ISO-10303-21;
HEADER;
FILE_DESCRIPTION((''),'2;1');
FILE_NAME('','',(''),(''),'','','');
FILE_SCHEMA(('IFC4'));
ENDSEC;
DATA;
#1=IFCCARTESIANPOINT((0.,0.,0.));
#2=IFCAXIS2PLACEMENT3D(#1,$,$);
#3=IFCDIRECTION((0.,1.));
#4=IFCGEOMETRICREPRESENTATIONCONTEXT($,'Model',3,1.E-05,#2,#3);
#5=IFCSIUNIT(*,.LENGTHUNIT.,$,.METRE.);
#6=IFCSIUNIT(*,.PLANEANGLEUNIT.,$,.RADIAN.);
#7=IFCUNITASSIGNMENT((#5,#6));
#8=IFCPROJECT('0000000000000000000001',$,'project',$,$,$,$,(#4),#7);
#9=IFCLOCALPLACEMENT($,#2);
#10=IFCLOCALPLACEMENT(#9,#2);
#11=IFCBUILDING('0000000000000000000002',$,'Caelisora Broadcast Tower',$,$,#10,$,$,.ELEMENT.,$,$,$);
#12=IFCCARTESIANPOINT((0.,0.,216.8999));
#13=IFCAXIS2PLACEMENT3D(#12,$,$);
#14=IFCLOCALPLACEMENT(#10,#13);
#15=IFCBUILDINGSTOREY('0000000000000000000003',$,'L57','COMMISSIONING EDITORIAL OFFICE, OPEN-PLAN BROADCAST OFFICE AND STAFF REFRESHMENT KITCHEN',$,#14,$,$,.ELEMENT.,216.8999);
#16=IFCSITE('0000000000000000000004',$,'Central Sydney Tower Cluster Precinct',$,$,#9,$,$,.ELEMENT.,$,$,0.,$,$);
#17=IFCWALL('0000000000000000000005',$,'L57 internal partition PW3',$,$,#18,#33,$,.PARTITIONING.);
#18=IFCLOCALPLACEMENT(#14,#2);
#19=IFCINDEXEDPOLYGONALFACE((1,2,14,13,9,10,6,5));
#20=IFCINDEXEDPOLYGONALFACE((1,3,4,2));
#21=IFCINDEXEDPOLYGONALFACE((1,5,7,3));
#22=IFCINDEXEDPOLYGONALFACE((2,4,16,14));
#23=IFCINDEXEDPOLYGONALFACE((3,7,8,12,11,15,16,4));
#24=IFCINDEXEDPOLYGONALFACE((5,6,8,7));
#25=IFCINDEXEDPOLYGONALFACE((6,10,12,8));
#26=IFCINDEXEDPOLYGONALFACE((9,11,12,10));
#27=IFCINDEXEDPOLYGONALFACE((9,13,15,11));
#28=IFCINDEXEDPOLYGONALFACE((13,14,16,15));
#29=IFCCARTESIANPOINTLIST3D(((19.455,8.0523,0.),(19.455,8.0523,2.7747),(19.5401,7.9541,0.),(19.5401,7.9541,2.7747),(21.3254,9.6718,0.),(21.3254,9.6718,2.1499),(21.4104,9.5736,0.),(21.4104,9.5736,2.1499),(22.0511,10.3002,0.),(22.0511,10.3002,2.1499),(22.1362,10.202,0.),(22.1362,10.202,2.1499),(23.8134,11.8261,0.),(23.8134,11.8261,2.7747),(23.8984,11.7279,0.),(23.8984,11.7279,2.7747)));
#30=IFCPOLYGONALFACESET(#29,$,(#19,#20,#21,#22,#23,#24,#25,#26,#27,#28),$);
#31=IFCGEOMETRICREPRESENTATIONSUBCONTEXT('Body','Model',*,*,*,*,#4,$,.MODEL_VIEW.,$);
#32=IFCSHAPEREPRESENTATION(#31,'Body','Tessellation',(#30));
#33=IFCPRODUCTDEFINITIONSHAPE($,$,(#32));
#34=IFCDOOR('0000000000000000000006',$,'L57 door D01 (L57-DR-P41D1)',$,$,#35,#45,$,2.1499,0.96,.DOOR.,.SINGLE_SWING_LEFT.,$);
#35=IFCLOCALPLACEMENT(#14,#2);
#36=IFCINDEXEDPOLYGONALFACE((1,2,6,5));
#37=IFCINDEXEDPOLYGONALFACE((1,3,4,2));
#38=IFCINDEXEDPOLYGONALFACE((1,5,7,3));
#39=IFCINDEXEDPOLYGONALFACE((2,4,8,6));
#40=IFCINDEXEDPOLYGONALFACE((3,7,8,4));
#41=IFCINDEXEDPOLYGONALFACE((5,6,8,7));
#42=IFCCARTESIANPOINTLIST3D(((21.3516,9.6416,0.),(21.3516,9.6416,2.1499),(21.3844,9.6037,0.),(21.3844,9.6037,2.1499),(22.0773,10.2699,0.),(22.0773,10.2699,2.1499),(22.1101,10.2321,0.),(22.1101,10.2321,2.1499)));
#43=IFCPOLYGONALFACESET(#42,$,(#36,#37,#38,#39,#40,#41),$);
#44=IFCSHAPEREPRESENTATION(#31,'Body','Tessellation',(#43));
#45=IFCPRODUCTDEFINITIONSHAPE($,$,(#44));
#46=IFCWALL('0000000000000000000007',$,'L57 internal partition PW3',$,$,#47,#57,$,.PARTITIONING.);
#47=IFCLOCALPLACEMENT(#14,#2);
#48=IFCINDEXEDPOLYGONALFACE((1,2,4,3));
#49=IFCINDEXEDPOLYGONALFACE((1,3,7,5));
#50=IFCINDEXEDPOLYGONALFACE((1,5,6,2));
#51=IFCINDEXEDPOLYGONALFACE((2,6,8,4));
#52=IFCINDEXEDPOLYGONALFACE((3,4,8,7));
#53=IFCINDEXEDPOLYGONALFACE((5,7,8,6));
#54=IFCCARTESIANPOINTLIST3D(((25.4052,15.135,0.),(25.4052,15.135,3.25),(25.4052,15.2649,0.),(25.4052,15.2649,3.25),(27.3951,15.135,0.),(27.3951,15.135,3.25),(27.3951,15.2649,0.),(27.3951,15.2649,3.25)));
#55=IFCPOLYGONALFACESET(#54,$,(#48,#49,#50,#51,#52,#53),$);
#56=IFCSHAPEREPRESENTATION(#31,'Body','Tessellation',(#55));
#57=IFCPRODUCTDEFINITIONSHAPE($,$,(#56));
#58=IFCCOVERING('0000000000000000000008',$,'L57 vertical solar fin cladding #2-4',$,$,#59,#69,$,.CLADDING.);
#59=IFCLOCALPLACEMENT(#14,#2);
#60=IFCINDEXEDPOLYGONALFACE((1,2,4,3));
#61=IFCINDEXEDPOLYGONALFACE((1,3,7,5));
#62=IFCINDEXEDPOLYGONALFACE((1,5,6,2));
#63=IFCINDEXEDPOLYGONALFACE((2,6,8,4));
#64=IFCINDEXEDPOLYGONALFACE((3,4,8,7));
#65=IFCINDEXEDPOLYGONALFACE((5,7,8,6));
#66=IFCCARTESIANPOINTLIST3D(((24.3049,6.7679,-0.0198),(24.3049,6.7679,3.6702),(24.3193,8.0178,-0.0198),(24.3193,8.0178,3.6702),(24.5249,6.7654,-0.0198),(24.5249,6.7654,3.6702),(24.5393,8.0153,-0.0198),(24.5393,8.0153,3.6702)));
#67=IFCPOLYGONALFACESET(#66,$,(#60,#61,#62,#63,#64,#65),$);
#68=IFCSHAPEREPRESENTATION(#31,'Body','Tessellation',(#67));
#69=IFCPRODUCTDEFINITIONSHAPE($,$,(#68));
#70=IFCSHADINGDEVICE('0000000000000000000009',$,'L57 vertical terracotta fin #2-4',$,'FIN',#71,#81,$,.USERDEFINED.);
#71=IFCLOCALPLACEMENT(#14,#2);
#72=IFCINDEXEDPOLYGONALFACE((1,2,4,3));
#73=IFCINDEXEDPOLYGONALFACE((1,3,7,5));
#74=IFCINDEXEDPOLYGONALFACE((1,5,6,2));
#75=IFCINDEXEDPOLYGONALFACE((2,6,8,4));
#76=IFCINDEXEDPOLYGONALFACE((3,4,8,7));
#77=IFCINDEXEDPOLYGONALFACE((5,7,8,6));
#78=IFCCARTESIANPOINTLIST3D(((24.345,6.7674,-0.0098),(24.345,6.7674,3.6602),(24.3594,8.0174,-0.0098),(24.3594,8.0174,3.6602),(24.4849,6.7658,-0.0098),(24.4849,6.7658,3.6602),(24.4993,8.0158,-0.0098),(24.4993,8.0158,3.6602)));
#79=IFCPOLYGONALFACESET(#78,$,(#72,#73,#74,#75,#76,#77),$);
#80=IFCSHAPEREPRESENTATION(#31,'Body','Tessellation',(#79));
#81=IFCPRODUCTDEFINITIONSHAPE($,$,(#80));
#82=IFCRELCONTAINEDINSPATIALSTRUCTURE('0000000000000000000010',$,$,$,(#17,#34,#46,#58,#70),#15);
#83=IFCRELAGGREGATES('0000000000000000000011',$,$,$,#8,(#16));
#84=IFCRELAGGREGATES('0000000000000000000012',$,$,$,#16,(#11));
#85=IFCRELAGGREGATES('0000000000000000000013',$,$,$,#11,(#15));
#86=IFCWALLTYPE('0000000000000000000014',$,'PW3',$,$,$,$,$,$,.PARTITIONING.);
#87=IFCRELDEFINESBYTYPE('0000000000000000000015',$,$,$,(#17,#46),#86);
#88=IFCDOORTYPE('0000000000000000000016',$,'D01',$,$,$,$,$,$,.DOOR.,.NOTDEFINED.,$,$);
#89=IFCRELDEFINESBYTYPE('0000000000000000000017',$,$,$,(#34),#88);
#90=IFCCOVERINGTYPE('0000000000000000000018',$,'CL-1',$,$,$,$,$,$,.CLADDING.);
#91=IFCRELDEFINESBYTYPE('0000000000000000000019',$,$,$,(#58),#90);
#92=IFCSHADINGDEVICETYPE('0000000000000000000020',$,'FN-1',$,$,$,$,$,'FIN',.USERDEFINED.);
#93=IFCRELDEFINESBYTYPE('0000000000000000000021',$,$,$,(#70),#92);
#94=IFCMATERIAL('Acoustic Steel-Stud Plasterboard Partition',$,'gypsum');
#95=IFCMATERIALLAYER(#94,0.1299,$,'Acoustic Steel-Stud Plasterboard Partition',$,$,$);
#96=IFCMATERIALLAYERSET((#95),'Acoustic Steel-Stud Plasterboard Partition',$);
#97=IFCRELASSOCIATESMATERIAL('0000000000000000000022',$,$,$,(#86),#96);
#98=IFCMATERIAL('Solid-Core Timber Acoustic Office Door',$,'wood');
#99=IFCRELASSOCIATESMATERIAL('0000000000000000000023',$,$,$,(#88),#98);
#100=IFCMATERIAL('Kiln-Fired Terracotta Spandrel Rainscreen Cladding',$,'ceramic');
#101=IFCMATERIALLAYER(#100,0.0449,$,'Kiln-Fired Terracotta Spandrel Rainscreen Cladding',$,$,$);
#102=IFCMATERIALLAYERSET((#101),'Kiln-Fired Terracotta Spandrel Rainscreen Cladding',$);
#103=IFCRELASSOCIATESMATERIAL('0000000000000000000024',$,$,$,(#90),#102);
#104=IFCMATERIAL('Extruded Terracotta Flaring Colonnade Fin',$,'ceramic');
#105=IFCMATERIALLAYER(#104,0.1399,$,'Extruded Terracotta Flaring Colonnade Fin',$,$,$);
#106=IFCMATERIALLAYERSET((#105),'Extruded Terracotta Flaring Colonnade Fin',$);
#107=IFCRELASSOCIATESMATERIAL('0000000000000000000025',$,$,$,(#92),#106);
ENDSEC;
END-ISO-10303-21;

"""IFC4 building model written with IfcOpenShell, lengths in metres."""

from ifc_helpers import new_model, si_unit, direction, frame, frame_2d, origin, origin_2d, place, context, subcontext, project, spatial, rectangle, extrude, source, transform, mapped, material, layer, layer_set, type_object, type_shapes, element, fill, save


model = new_model("IFC4")

# Units and contexts
model_context = context("Model", 3, precision=1e-05, world=origin(), true_north=direction((0.0, 1.0)))
body_context = subcontext(model_context, "Body", "Model", "MODEL_VIEW")
ifc_project = project(units=[si_unit("LENGTHUNIT", "METRE"), si_unit("PLANEANGLEUNIT", "RADIAN")], contexts=[model_context])

# Site, building, storey
site_placement = place(None, origin())
site = spatial("IfcSite", under=ifc_project, at=site_placement, Name="Central Sydney Tower Cluster Precinct", CompositionType="ELEMENT", RefElevation=0.0)
building_placement = place(site_placement, origin())
building = spatial("IfcBuilding", under=site, at=building_placement, Name="Caelisora Broadcast Tower", CompositionType="ELEMENT")
storey_placement = place(building_placement, frame((0.0, 0.0, 216.8999)))
storey = spatial("IfcBuildingStorey", under=building, at=storey_placement, Name="L57", Description="COMMISSIONING EDITORIAL OFFICE, OPEN-PLAN BROADCAST OFFICE AND STAFF REFRESHMENT KITCHEN", CompositionType="ELEMENT", Elevation=216.8999)

# Shared definitions
ifc_material_1 = material(Name="Acoustic Steel-Stud Plasterboard Partition", Category="gypsum")
ifc_layer_1 = layer(ifc_material_1, 0.1299, Name="Acoustic Steel-Stud Plasterboard Partition")
ifc_layer_set_1 = layer_set([ifc_layer_1], Name="Acoustic Steel-Stud Plasterboard Partition")
wall_type = type_object("IfcWallType", Name="PW3", PredefinedType="PARTITIONING", material=ifc_layer_set_1)
ifc_material_2 = material(Name="Solid-Core Timber Acoustic Office Door", Category="wood")
door_type = type_object("IfcDoorType", Name="D01", OperationType="NOTDEFINED", PredefinedType="DOOR", material=ifc_material_2)

# Wall, opening, door
wall_1_placement = place(storey_placement, frame((19.4976, 8.0032, 0.0), z_axis=(0.0, 0.0, 1.0), x_axis=(0.755977, 0.654598, 0.0)))
wall_1 = element("IfcWall", 1, at=wall_1_placement, inside=storey, type_object=wall_type, Name="L57 internal partition PW3", PredefinedType="PARTITIONING", context=body_context, shape_type="SweptSolid", body=[
    extrude(rectangle(XDim=5.7651, YDim=0.1299, at=frame_2d((2.8826, 0.0))), origin(), (0.0, 0.0, 1.0), 2.7747),
])
opening_1_placement = place(wall_1_placement, frame((2.4741, 0.0, 0.0)))
opening_1 = element("IfcOpeningElement", 2, at=opening_1_placement, cuts=wall_1, PredefinedType="OPENING", context=body_context, shape_type="SweptSolid", body=[
    extrude(rectangle(XDim=0.96, YDim=2.1499, at=frame_2d((0.48, 1.075))), frame((0.0, 0.0769, 0.0), z_axis=(0.0, -1.0, 0.0), x_axis=(1.0, 0.0, 0.0)), (0.0, 0.0, 1.0), 0.1538),
])
door_1_placement = place(opening_1_placement, origin())
door_1 = element("IfcDoor", 3, at=door_1_placement, inside=storey, type_object=door_type, Name="L57 door D01 (L57-DR-P41D1)", OperationType="SINGLE_SWING_LEFT", OverallHeight=2.1499, OverallWidth=0.96, PredefinedType="DOOR", context=body_context, shape_type="SweptSolid", body=[
    extrude(rectangle(XDim=0.96, YDim=2.1499, at=frame_2d((0.48, 1.075))), frame((0.0, 0.0249, 0.0), z_axis=(0.0, -1.0, 0.0), x_axis=(1.0, 0.0, 0.0)), (0.0, 0.0, 1.0), 0.05),
])
fill(opening_1, door_1)

# Wall
wall_2_placement = place(storey_placement, frame((25.405, 15.2, 0.0), z_axis=(0.0, 0.0, 1.0), x_axis=(1.0, 0.0, 0.0)))
element("IfcWall", 4, at=wall_2_placement, inside=storey, type_object=wall_type, Name="L57 internal partition PW3", PredefinedType="PARTITIONING", context=body_context, shape_type="SweptSolid", body=[
    extrude(rectangle(XDim=1.99, YDim=0.1299, at=frame_2d((0.9951, 0.0))), origin(), (0.0, 0.0, 1.0), 3.25),
])

# Covering
ifc_material_3 = material(Name="Kiln-Fired Terracotta Spandrel Rainscreen Cladding", Category="ceramic")
ifc_layer_2 = layer(ifc_material_3, 0.0449, Name="Kiln-Fired Terracotta Spandrel Rainscreen Cladding")
ifc_layer_set_2 = layer_set([ifc_layer_2], Name="Kiln-Fired Terracotta Spandrel Rainscreen Cladding")
covering_type = type_object("IfcCoveringType", Name="CL-1", PredefinedType="CLADDING", material=ifc_layer_set_2)
shared_shape_1 = source(origin(), body_context, "Body", "SweptSolid", [
    extrude(rectangle(XDim=0.22, YDim=1.25, at=origin_2d()), origin(), (0.0, 0.0, 1.0), 3.6899),
])
type_shapes(covering_type, [shared_shape_1])
covering_placement = place(storey_placement, frame((24.4221, 7.3916, -0.0198), z_axis=(0.0, 0.0, 1.0), x_axis=(-0.999934, 0.011519, 0.0)))
element("IfcCovering", 5, at=covering_placement, inside=storey, type_object=covering_type, Name="L57 vertical solar fin cladding #2-4", PredefinedType="CLADDING", context=body_context, shape_type="MappedRepresentation", body=[
    mapped(shared_shape_1, transform((0.0, 0.0, 0.0), scale=1.0)),
])

# Shading device
ifc_material_4 = material(Name="Extruded Terracotta Flaring Colonnade Fin", Category="ceramic")
ifc_layer_3 = layer(ifc_material_4, 0.1399, Name="Extruded Terracotta Flaring Colonnade Fin")
ifc_layer_set_3 = layer_set([ifc_layer_3], Name="Extruded Terracotta Flaring Colonnade Fin")
shading_device_type = type_object("IfcShadingDeviceType", Name="FN-1", ElementType="FIN", PredefinedType="USERDEFINED", material=ifc_layer_set_3)
shared_shape_2 = source(origin(), body_context, "Body", "SweptSolid", [
    extrude(rectangle(XDim=0.1399, YDim=1.25, at=origin_2d()), origin(), (0.0, 0.0, 1.0), 3.6699),
])
type_shapes(shading_device_type, [shared_shape_2])
shading_device_placement = place(storey_placement, frame((24.4221, 7.3916, -0.0098), z_axis=(0.0, 0.0, 1.0), x_axis=(-0.999934, 0.011519, 0.0)))
element("IfcShadingDevice", 6, at=shading_device_placement, inside=storey, type_object=shading_device_type, Name="L57 vertical terracotta fin #2-4", ObjectType="FIN", PredefinedType="USERDEFINED", context=body_context, shape_type="MappedRepresentation", body=[
    mapped(shared_shape_2, transform((0.0, 0.0, 0.0), scale=1.0)),
])

save(model, "model.ifc")
